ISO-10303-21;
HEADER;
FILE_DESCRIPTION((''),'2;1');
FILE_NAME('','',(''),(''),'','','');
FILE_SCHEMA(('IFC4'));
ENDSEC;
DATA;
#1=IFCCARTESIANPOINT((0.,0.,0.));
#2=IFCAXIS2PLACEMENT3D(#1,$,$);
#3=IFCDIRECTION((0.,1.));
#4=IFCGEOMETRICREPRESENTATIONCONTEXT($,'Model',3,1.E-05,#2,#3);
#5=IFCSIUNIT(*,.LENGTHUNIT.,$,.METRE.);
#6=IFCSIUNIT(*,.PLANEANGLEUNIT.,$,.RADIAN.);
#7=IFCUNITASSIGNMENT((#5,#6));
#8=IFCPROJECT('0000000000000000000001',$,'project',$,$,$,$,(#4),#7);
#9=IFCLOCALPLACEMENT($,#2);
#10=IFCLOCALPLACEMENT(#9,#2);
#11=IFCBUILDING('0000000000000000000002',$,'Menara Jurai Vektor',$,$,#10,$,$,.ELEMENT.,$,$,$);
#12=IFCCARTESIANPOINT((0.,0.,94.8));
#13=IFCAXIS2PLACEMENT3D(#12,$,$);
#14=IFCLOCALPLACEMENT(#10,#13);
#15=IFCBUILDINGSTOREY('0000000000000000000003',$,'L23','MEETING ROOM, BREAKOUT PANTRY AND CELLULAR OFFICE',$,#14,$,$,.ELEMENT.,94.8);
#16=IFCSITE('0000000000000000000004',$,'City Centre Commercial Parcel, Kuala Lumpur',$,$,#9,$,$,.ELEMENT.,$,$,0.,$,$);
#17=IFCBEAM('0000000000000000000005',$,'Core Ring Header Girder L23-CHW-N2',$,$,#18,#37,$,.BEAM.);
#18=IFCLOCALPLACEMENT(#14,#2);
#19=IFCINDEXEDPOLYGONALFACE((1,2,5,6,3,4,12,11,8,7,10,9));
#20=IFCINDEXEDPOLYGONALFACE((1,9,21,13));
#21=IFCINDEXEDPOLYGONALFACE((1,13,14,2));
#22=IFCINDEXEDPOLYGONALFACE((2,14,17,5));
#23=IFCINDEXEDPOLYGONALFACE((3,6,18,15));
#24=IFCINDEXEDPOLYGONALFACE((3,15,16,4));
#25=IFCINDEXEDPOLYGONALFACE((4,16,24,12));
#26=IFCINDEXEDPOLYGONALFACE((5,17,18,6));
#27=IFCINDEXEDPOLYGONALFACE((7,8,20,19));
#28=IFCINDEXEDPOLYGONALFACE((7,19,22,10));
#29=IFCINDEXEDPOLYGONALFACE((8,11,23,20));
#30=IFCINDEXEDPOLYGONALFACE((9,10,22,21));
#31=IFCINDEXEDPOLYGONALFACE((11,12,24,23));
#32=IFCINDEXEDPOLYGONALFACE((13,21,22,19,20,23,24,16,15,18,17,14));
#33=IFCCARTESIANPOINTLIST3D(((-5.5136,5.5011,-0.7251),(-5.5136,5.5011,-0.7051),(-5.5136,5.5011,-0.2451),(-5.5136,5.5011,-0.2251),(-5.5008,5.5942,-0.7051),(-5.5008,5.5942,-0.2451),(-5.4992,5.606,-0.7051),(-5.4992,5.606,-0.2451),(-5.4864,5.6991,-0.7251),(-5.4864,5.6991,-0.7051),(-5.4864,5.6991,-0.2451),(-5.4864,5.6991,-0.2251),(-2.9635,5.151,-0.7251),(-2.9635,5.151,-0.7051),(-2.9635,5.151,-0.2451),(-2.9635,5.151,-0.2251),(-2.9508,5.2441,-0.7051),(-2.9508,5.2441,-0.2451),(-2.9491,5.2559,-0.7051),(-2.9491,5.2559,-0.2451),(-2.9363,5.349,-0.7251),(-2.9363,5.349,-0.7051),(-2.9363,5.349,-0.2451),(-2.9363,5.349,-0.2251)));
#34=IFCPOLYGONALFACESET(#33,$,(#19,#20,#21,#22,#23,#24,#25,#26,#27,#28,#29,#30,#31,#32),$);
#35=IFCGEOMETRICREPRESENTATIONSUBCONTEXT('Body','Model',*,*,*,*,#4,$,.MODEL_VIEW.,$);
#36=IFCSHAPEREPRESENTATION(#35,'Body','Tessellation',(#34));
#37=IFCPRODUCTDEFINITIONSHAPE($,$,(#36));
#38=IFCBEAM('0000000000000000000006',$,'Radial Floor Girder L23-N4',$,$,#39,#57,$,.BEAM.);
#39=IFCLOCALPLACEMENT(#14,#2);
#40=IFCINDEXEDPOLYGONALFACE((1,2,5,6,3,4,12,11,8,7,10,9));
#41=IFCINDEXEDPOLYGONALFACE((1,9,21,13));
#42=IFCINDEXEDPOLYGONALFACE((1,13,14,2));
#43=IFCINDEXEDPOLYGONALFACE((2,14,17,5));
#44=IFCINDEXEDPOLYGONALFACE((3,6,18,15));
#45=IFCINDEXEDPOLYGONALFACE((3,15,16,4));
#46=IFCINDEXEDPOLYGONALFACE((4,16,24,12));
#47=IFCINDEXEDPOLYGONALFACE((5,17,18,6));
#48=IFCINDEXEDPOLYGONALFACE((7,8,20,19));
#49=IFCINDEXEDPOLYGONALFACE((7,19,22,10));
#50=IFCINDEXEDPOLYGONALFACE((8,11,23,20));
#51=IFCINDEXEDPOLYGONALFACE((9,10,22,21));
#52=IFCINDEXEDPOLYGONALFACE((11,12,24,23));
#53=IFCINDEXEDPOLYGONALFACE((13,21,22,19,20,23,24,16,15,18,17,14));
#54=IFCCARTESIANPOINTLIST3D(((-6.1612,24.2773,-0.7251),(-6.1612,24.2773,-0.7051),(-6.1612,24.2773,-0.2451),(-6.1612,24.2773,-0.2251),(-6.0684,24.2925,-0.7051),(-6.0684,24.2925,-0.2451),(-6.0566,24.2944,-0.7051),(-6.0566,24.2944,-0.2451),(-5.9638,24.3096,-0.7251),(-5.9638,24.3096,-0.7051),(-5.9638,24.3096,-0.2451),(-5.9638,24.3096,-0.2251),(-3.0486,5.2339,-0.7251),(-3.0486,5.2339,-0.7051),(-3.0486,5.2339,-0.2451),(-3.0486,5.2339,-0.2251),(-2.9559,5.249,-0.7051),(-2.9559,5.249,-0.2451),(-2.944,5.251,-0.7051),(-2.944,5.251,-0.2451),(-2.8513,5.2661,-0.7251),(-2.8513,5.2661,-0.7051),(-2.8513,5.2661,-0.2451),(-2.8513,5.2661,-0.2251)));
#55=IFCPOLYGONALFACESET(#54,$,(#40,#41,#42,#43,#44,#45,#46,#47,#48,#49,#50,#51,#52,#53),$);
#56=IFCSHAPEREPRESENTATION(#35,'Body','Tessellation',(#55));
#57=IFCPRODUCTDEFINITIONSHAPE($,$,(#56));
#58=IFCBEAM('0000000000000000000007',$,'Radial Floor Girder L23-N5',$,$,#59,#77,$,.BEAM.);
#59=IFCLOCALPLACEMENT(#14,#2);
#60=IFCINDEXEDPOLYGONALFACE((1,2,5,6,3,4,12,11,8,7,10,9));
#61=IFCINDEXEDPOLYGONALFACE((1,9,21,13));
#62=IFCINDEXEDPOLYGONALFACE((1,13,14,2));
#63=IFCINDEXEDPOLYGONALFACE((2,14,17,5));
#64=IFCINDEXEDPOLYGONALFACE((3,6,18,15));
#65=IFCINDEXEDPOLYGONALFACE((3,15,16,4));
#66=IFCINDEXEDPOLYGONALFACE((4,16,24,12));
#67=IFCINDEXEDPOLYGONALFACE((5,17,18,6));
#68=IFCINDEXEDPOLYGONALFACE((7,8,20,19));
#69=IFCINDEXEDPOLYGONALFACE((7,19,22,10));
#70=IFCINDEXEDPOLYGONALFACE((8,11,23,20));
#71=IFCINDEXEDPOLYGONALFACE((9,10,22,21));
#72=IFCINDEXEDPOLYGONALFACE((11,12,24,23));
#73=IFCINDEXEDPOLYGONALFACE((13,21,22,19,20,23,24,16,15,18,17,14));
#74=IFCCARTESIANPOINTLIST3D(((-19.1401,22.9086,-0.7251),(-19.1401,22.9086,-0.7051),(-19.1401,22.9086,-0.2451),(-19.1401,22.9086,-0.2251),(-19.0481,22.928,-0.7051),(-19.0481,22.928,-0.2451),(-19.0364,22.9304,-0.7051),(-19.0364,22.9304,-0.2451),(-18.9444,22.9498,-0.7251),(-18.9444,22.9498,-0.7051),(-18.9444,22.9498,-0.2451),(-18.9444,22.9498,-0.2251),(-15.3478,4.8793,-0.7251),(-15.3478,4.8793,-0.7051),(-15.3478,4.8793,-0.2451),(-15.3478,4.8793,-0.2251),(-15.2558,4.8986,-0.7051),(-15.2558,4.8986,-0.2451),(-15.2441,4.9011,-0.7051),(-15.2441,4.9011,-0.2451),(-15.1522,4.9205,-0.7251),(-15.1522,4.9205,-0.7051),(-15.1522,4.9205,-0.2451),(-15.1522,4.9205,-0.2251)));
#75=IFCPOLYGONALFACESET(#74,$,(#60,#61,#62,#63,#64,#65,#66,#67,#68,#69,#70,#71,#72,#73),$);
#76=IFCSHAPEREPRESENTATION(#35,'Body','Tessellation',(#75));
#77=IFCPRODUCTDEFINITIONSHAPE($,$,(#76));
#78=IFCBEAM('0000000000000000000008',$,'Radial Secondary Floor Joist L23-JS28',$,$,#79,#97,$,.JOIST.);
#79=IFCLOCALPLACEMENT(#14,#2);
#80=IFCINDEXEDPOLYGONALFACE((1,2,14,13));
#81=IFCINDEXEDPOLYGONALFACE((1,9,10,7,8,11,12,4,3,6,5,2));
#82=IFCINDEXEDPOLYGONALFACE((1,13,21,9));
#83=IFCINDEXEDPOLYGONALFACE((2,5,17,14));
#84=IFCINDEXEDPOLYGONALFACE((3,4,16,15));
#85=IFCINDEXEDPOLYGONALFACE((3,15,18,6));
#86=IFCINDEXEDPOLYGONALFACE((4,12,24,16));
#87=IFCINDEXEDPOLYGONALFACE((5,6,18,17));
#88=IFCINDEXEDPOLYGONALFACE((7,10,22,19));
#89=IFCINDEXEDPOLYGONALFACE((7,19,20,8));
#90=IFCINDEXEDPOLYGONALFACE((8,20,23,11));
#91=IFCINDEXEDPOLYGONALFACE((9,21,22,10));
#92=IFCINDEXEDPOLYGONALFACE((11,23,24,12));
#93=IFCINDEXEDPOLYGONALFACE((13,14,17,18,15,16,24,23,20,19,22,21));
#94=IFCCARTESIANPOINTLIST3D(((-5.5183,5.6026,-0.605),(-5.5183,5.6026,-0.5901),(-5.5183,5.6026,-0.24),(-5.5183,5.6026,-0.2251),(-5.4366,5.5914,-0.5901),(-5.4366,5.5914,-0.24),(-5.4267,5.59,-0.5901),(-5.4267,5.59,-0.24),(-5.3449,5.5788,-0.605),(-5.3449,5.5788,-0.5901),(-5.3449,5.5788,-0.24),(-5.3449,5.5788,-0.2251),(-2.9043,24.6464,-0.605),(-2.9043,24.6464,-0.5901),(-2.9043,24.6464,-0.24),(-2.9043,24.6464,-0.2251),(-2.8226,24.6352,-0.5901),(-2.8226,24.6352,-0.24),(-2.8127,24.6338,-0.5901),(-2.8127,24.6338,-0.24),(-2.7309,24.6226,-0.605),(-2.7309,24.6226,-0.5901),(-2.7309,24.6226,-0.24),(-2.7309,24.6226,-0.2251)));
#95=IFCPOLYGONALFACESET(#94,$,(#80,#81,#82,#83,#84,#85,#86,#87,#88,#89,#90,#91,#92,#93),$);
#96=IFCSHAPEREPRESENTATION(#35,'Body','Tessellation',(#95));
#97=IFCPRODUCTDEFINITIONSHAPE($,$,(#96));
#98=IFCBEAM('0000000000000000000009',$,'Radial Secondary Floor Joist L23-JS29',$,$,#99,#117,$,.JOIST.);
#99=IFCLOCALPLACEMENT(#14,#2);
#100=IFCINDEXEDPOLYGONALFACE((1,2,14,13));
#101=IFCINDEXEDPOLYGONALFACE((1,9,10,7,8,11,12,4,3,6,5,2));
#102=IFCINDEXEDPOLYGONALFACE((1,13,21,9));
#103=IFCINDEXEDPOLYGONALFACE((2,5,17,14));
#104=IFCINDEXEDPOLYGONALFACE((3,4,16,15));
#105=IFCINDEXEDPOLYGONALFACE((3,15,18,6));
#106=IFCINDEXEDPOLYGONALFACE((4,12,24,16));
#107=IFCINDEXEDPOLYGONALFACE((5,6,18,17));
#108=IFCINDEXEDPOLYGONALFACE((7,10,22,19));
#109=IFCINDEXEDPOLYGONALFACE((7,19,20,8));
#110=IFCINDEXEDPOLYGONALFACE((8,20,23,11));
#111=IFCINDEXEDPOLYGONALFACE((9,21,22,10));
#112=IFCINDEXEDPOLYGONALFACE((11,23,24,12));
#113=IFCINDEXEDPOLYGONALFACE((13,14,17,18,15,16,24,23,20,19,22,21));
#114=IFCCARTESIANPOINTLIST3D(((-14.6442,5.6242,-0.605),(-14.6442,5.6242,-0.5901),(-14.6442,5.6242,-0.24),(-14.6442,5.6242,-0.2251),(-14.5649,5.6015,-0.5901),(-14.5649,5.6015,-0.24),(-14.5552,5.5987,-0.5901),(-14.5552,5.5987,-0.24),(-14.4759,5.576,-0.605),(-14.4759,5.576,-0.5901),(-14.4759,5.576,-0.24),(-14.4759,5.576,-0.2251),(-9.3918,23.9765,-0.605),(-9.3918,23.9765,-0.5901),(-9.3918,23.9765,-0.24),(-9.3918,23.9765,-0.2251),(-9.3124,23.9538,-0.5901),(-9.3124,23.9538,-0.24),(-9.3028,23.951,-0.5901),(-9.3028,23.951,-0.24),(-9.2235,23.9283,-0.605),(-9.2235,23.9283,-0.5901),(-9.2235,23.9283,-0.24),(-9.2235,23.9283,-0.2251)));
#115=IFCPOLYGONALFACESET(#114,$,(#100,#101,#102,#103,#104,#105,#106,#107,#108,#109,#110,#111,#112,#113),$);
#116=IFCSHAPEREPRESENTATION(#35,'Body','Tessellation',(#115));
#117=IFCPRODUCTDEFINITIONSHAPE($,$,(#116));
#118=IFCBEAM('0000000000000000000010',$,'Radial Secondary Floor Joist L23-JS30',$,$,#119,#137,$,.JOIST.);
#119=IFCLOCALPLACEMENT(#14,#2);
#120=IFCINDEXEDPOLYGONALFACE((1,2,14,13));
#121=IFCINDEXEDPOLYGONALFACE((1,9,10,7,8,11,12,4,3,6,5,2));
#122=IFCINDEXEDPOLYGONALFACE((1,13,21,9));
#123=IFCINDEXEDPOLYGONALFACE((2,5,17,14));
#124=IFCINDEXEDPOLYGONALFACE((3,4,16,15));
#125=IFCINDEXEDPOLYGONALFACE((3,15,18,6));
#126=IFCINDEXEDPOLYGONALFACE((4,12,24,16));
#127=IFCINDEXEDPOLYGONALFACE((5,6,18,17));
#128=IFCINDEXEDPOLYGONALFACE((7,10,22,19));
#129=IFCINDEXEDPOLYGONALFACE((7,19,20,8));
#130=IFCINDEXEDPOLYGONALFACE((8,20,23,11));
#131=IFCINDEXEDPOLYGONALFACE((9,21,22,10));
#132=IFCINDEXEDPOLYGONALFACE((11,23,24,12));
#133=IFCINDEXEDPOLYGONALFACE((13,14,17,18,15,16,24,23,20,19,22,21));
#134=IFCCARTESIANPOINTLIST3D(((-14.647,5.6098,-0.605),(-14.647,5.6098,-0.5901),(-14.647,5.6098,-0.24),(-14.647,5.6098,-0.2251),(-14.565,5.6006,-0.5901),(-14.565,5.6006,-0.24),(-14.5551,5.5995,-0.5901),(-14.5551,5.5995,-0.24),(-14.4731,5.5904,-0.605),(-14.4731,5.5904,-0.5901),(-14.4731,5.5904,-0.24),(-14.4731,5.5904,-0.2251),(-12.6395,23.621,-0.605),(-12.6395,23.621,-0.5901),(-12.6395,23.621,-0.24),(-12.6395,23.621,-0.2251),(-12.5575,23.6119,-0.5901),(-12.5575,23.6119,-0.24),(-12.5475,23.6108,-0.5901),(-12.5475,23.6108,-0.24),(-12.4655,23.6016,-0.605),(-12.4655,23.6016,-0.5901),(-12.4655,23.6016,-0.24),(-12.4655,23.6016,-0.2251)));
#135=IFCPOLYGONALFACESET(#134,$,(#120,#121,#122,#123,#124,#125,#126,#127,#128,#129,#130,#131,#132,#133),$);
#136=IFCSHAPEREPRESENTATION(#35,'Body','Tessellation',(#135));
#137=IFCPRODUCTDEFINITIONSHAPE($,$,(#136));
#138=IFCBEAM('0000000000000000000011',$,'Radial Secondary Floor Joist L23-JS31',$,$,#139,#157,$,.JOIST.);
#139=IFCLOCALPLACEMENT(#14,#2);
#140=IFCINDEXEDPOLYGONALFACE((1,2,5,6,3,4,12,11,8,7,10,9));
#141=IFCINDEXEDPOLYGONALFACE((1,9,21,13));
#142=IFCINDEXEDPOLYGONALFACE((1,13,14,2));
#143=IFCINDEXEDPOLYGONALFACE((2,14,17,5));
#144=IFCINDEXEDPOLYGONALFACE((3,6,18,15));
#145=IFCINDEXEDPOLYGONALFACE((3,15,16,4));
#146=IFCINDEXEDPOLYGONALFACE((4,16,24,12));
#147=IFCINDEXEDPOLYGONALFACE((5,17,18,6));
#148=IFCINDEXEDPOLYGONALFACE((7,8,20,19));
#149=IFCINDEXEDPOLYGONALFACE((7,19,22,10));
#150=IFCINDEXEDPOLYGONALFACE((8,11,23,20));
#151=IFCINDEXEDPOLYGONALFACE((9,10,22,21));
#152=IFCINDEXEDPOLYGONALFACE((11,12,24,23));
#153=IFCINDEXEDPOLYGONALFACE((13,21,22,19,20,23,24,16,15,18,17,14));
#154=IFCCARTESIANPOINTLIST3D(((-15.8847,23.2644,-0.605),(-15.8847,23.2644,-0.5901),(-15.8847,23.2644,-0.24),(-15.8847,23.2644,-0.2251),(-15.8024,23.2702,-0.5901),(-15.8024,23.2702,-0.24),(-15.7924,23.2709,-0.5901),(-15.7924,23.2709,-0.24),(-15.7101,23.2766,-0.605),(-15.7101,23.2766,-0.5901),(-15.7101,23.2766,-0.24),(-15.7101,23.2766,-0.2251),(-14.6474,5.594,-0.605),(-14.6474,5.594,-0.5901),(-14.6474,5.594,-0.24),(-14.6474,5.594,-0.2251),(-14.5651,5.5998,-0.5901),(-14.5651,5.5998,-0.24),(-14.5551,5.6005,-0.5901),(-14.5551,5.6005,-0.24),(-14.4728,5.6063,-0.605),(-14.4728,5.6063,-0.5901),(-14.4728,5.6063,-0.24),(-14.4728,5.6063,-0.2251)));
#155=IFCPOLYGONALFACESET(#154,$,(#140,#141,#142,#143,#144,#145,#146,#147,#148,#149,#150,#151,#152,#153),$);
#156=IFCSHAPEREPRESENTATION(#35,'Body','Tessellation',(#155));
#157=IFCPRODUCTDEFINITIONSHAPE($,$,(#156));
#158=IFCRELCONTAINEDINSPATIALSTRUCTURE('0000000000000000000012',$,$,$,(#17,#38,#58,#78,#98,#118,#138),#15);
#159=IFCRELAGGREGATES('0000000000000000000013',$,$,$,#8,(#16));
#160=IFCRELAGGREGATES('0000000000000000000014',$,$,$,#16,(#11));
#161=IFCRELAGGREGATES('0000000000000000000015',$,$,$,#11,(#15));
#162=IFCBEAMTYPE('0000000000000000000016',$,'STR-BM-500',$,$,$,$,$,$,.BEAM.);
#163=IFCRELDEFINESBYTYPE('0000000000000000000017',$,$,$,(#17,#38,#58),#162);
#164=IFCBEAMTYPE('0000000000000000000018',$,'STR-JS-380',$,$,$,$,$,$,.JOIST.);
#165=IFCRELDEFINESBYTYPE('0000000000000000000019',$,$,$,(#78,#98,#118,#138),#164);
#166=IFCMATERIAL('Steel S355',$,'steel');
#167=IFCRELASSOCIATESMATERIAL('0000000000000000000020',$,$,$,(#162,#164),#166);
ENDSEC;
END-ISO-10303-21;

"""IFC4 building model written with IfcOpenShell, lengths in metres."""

from ifc_helpers import new_model, si_unit, direction, frame, origin, origin_2d, place, context, subcontext, project, spatial, i_section, extrude, material, material_profile, profile_set, type_object, element, save


model = new_model("IFC4")

# Units and contexts
model_context = context("Model", 3, precision=1e-05, world=origin(), true_north=direction((0.0, 1.0)))
body_context = subcontext(model_context, "Body", "Model", "MODEL_VIEW")
ifc_project = project(units=[si_unit("LENGTHUNIT", "METRE"), si_unit("PLANEANGLEUNIT", "RADIAN")], contexts=[model_context])

# Site, building, storey
site_placement = place(None, origin())
site = spatial("IfcSite", under=ifc_project, at=site_placement, Name="City Centre Commercial Parcel, Kuala Lumpur", CompositionType="ELEMENT", RefElevation=0.0)
building_placement = place(site_placement, origin())
building = spatial("IfcBuilding", under=site, at=building_placement, Name="Menara Jurai Vektor", CompositionType="ELEMENT")
storey_placement = place(building_placement, frame((0.0, 0.0, 94.8)))
storey = spatial("IfcBuildingStorey", under=building, at=storey_placement, Name="L23", Description="MEETING ROOM, BREAKOUT PANTRY AND CELLULAR OFFICE", CompositionType="ELEMENT", Elevation=94.8)

# Beams
ifc_material_1 = material(Name="Steel S355", Category="steel")
ifc_material_profile_1 = material_profile(ifc_material_1, i_section(OverallWidth=0.2, OverallDepth=0.5, WebThickness=0.012, FlangeThickness=0.02, at=origin_2d()), Name="PG 500x200x96")
ifc_profile_set_1 = profile_set([ifc_material_profile_1], Name="Steel S355")
beam_type_1 = type_object("IfcBeamType", Name="STR-BM-500", PredefinedType="BEAM", material=ifc_profile_set_1)
beam_1_placement = place(storey_placement, frame((-5.5, 5.6001, -0.4751), z_axis=(0.990707, -0.136015, 0.0), x_axis=(0.136015, 0.990707, 0.0)))
element("IfcBeam", 1, at=beam_1_placement, inside=storey, type_object=beam_type_1, Name="Core Ring Header Girder L23-CHW-N2", PredefinedType="BEAM", context=body_context, shape_type="SweptSolid", body=[
    extrude(i_section(OverallWidth=0.2, OverallDepth=0.5, WebThickness=0.012, FlangeThickness=0.02, at=origin_2d()), origin(), (0.0, 0.0, 1.0), 2.574),
])
beam_2_placement = place(storey_placement, frame((-6.0625, 24.2935, -0.4751), z_axis=(0.161304, -0.986905, 0.0), x_axis=(0.986905, 0.161304, 0.0)))
element("IfcBeam", 2, at=beam_2_placement, inside=storey, type_object=beam_type_1, Name="Radial Floor Girder L23-N4", PredefinedType="BEAM", context=body_context, shape_type="SweptSolid", body=[
    extrude(i_section(OverallWidth=0.2, OverallDepth=0.5, WebThickness=0.012, FlangeThickness=0.02, at=origin_2d()), origin(), (0.0, 0.0, 1.0), 19.2961),
])
beam_3_placement = place(storey_placement, frame((-19.0422, 22.9292, -0.4751), z_axis=(0.205833, -0.978587, 0.0), x_axis=(0.978587, 0.205833, 0.0)))
element("IfcBeam", 3, at=beam_3_placement, inside=storey, type_object=beam_type_1, Name="Radial Floor Girder L23-N5", PredefinedType="BEAM", context=body_context, shape_type="SweptSolid", body=[
    extrude(i_section(OverallWidth=0.2, OverallDepth=0.5, WebThickness=0.012, FlangeThickness=0.02, at=origin_2d()), origin(), (0.0, 0.0, 1.0), 18.4238),
])
ifc_material_profile_2 = material_profile(ifc_material_1, i_section(OverallWidth=0.175, OverallDepth=0.3799, WebThickness=0.01, FlangeThickness=0.0149, at=origin_2d()), Name="PG 380x175x58")
ifc_profile_set_2 = profile_set([ifc_material_profile_2], Name="Steel S355")
beam_type_2 = type_object("IfcBeamType", Name="STR-JS-380", PredefinedType="JOIST", material=ifc_profile_set_2)
beam_4_placement = place(storey_placement, frame((-2.8176, 24.6345, -0.415), z_axis=(-0.135987, -0.990711, 0.0), x_axis=(0.990711, -0.135987, 0.0)))
element("IfcBeam", 4, at=beam_4_placement, inside=storey, type_object=beam_type_2, Name="Radial Secondary Floor Joist L23-JS28", PredefinedType="JOIST", context=body_context, shape_type="SweptSolid", body=[
    extrude(i_section(OverallWidth=0.175, OverallDepth=0.3799, WebThickness=0.01, FlangeThickness=0.0149, at=origin_2d()), origin(), (0.0, 0.0, 1.0), 19.2224),
])
beam_5_placement = place(storey_placement, frame((-9.3076, 23.9524, -0.415), z_axis=(-0.275154, -0.9614, 0.0), x_axis=(0.9614, -0.275154, 0.0)))
element("IfcBeam", 5, at=beam_5_placement, inside=storey, type_object=beam_type_2, Name="Radial Secondary Floor Joist L23-JS29", PredefinedType="JOIST", context=body_context, shape_type="SweptSolid", body=[
    extrude(i_section(OverallWidth=0.175, OverallDepth=0.3799, WebThickness=0.01, FlangeThickness=0.0149, at=origin_2d()), origin(), (0.0, 0.0, 1.0), 19.0891),
])
beam_6_placement = place(storey_placement, frame((-12.5525, 23.6113, -0.415), z_axis=(-0.110776, -0.993845, 0.0), x_axis=(0.993845, -0.110776, 0.0)))
element("IfcBeam", 6, at=beam_6_placement, inside=storey, type_object=beam_type_2, Name="Radial Secondary Floor Joist L23-JS30", PredefinedType="JOIST", context=body_context, shape_type="SweptSolid", body=[
    extrude(i_section(OverallWidth=0.175, OverallDepth=0.3799, WebThickness=0.01, FlangeThickness=0.0149, at=origin_2d()), origin(), (0.0, 0.0, 1.0), 18.1228),
])
beam_7_placement = place(storey_placement, frame((-15.7974, 23.2705, -0.415), z_axis=(0.06985, -0.997557, 0.0), x_axis=(0.997557, 0.06985, 0.0)))
element("IfcBeam", 7, at=beam_7_placement, inside=storey, type_object=beam_type_2, Name="Radial Secondary Floor Joist L23-JS31", PredefinedType="JOIST", context=body_context, shape_type="SweptSolid", body=[
    extrude(i_section(OverallWidth=0.175, OverallDepth=0.3799, WebThickness=0.01, FlangeThickness=0.0149, at=origin_2d()), origin(), (0.0, 0.0, 1.0), 17.7136),
])

save(model, "model.ifc")
